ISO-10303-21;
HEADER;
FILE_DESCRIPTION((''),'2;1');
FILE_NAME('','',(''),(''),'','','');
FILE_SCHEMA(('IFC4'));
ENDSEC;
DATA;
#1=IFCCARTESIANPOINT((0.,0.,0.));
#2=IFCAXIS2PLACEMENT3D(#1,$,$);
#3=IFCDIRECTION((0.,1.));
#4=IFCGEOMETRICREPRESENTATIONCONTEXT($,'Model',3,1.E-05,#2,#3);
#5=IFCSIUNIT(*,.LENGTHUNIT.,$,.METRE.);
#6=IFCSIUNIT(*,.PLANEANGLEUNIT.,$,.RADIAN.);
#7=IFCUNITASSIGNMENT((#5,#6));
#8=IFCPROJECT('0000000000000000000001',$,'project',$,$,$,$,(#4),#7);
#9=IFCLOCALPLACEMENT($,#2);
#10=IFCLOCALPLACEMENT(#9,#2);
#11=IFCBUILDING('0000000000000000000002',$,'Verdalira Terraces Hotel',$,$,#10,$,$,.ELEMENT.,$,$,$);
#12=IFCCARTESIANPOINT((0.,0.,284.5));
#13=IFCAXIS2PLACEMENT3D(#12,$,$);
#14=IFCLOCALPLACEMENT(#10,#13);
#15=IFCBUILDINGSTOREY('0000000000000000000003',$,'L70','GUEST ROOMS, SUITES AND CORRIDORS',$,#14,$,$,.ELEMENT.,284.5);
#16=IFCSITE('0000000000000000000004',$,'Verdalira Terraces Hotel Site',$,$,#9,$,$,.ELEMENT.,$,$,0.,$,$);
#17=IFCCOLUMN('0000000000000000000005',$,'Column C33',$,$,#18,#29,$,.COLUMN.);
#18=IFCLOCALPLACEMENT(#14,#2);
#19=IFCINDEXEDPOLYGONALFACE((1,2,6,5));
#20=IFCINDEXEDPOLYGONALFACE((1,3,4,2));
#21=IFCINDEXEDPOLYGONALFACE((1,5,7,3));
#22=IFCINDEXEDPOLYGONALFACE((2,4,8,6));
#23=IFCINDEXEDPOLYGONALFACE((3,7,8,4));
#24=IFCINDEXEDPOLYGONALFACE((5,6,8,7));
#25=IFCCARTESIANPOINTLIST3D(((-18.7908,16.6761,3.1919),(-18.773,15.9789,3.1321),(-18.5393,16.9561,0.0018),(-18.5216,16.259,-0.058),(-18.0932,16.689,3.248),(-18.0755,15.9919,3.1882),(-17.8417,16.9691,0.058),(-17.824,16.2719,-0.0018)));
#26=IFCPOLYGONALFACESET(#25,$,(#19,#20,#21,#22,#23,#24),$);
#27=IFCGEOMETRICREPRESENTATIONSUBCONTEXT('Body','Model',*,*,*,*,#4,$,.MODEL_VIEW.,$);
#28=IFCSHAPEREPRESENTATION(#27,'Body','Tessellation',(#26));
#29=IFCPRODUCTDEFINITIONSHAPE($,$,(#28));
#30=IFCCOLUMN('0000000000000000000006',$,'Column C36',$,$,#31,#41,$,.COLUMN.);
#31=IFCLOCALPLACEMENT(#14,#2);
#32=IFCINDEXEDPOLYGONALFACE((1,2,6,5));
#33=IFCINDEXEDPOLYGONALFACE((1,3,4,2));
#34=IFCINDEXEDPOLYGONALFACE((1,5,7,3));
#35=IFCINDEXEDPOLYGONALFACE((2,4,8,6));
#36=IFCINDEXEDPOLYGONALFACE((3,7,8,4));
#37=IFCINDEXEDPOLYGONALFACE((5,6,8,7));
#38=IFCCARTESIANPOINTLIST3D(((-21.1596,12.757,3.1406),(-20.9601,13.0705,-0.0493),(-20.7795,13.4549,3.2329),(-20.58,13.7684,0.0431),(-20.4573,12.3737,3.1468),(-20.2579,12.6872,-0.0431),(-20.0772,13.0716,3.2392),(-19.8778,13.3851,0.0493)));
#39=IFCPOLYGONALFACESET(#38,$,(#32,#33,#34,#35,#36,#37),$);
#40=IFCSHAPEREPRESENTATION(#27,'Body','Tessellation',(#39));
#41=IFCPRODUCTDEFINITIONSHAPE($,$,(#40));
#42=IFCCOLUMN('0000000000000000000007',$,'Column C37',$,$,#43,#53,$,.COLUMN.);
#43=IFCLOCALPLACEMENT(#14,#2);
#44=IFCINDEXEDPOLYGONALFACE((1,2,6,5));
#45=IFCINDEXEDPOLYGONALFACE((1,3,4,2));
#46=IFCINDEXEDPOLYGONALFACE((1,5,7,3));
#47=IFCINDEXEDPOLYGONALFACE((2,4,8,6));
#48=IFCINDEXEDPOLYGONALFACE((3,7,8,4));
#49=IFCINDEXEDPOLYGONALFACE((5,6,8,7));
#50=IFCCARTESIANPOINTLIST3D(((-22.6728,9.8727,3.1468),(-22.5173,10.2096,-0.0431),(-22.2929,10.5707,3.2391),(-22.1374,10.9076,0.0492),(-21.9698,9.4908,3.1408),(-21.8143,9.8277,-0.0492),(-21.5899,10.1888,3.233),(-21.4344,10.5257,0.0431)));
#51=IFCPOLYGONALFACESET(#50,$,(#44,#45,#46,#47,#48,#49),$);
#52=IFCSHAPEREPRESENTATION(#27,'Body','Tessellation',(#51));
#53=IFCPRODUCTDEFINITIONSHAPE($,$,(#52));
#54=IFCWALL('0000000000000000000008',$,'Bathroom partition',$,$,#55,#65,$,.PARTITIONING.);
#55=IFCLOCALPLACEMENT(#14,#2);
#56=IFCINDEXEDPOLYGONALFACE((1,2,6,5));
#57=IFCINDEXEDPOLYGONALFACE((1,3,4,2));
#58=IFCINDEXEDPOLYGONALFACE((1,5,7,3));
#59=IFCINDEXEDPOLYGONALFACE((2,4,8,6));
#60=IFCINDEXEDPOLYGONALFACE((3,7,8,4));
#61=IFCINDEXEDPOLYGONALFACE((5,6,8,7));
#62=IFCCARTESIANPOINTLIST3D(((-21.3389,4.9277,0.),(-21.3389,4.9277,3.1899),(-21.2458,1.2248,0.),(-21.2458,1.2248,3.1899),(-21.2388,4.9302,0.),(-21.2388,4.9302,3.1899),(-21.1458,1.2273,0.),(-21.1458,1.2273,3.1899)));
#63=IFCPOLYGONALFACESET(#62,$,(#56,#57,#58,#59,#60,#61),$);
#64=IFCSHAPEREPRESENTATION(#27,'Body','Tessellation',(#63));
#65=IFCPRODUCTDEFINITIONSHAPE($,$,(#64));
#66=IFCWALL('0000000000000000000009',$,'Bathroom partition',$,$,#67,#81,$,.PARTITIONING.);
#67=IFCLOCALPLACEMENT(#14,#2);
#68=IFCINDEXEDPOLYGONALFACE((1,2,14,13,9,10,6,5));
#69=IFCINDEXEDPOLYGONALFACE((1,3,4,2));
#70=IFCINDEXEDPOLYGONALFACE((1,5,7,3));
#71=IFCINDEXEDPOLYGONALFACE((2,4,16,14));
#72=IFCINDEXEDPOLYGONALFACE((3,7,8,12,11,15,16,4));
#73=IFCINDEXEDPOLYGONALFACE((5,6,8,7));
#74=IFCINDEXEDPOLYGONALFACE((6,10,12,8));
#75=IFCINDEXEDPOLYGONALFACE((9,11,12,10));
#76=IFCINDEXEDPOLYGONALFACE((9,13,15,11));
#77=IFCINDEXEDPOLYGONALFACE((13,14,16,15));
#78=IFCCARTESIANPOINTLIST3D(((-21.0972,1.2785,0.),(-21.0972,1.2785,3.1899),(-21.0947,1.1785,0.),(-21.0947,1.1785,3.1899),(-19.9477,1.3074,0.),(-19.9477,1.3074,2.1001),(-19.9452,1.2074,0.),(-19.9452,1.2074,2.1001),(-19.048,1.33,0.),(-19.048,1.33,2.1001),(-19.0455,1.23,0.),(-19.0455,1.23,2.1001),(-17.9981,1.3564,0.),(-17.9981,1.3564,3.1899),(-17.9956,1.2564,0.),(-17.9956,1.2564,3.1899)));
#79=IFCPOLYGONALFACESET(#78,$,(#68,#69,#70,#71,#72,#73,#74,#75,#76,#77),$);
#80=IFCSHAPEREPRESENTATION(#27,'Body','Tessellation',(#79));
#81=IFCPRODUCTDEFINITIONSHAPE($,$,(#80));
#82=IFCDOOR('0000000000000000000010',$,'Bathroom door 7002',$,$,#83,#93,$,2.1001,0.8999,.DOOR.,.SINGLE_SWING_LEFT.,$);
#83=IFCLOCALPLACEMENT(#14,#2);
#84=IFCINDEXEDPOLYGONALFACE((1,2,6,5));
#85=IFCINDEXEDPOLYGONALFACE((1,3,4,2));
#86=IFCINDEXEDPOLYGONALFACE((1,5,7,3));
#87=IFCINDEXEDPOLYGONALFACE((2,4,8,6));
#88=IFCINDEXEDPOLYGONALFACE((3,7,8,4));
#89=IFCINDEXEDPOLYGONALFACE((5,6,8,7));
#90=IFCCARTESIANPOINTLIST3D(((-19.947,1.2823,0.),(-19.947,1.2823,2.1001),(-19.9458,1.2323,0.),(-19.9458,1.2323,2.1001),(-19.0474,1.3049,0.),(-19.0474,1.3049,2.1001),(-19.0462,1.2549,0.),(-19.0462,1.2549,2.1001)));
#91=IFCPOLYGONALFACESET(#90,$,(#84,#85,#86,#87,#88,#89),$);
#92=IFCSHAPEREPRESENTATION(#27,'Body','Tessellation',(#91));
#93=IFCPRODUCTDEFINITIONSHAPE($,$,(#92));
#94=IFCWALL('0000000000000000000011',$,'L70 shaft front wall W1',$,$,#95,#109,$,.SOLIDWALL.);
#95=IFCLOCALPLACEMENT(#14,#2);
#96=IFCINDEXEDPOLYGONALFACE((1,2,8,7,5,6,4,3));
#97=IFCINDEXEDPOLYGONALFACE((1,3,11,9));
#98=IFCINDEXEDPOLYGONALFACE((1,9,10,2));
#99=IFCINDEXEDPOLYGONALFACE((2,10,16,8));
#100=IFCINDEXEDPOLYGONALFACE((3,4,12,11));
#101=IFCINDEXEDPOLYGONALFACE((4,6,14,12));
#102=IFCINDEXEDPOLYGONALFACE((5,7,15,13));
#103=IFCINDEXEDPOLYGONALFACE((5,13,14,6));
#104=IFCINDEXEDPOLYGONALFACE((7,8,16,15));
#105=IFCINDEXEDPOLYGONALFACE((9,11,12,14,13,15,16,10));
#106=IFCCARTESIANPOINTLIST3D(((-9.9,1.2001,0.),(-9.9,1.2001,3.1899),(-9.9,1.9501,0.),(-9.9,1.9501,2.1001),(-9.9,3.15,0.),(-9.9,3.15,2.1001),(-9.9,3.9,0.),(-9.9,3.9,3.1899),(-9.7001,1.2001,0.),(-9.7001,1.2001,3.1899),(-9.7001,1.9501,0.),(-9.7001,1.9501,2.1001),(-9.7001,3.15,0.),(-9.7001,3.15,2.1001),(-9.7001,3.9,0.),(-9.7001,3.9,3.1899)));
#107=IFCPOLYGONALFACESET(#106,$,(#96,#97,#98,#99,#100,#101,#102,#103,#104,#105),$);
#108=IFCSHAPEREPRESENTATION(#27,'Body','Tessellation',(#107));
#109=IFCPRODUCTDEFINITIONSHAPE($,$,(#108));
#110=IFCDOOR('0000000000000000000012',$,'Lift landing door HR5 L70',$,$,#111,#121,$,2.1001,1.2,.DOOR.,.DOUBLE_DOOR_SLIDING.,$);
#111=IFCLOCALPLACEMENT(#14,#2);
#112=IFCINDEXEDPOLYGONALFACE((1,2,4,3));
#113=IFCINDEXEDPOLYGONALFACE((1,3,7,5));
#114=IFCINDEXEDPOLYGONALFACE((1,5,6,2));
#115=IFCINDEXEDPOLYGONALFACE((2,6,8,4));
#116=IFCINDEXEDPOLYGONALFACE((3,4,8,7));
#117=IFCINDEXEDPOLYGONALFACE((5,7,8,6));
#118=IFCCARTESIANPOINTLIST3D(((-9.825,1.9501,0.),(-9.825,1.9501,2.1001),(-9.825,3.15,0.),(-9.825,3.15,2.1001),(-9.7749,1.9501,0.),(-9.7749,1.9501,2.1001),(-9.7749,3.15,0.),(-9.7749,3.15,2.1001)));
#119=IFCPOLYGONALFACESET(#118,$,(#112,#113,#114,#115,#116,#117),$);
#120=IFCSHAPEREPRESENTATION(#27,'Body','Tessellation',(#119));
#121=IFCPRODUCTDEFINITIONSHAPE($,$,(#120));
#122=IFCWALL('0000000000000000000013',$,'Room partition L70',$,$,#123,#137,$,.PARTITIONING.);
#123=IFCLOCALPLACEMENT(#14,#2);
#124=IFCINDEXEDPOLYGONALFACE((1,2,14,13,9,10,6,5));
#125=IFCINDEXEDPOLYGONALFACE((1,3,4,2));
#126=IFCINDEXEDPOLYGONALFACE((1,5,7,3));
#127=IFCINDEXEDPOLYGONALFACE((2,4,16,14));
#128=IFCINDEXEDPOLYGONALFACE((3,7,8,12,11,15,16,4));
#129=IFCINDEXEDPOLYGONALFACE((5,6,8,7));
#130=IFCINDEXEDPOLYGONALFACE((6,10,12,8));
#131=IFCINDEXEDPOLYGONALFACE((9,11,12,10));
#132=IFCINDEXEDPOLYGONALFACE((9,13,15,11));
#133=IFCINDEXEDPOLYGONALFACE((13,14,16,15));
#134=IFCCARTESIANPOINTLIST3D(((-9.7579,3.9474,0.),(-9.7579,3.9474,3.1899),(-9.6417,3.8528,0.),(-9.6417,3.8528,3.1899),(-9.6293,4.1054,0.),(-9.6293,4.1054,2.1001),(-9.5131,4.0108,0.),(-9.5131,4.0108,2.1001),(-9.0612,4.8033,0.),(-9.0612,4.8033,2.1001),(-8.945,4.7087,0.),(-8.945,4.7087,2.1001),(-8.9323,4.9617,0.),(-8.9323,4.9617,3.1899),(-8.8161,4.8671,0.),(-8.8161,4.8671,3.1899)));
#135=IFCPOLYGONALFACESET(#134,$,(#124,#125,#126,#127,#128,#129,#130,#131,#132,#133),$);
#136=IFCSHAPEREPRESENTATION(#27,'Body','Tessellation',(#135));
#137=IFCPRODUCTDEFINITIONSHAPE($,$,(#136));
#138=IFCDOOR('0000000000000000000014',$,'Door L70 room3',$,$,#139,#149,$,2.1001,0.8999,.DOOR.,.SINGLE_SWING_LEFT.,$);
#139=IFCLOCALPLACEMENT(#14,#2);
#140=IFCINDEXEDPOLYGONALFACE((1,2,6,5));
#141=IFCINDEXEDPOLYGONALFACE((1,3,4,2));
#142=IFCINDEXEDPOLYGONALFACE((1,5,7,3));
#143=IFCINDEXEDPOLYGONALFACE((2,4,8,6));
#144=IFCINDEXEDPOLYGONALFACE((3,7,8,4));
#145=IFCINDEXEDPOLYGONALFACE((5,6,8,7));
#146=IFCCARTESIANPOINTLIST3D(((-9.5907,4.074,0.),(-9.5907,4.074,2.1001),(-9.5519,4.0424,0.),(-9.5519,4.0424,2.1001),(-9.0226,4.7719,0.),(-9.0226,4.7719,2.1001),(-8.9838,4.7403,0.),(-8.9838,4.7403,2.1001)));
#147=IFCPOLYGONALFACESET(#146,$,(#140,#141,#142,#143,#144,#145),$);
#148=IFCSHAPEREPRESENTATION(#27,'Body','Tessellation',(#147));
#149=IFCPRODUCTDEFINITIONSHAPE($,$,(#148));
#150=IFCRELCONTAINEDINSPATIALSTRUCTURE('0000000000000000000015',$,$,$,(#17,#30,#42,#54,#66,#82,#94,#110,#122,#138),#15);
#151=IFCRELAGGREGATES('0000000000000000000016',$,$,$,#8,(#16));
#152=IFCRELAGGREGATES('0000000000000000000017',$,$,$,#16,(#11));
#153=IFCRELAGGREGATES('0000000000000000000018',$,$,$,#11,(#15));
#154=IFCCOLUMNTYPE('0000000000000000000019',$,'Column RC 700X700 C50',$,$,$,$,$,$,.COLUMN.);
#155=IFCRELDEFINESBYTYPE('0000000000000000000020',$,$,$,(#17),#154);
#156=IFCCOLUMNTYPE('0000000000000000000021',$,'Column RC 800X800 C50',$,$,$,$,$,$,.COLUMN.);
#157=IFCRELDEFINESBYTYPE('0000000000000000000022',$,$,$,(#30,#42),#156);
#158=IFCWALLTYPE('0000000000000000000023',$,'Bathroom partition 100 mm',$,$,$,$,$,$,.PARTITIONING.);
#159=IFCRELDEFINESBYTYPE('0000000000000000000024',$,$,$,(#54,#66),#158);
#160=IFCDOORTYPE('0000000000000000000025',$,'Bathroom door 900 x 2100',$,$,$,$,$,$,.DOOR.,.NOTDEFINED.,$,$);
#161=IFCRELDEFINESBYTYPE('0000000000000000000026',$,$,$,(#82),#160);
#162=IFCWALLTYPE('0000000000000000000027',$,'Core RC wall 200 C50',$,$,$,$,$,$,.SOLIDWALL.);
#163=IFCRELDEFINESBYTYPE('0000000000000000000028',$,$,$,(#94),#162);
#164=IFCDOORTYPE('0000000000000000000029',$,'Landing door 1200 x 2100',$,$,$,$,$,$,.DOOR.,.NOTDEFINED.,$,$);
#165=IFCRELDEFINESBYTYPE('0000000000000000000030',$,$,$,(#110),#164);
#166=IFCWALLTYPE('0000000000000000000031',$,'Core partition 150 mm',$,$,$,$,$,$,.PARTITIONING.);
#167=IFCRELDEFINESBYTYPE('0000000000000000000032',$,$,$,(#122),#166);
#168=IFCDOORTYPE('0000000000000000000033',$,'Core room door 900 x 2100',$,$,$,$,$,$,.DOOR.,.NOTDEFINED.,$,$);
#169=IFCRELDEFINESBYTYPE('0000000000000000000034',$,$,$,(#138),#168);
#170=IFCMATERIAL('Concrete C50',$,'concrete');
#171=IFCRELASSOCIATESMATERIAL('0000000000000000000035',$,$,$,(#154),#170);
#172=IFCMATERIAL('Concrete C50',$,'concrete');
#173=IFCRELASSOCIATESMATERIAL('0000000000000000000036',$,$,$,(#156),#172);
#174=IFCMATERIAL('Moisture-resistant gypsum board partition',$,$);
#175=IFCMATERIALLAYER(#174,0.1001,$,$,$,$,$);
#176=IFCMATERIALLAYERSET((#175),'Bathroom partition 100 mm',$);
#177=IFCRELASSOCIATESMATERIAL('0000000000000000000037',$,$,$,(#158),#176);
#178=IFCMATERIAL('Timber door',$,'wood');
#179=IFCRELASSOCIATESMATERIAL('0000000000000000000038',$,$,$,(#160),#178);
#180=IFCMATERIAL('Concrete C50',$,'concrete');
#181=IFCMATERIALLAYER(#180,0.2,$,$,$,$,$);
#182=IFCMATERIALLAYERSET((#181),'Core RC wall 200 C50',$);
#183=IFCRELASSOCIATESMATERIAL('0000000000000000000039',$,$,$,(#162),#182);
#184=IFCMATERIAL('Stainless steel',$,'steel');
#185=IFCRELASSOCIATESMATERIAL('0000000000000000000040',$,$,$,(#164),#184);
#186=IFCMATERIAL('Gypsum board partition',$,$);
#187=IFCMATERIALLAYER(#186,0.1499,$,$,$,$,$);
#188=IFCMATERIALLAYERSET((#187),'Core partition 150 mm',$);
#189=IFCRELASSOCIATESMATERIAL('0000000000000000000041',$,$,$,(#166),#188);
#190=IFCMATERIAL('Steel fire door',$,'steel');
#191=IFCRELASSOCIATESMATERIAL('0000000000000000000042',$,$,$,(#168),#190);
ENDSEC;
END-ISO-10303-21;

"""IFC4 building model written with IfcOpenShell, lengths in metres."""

from ifc_helpers import new_model, si_unit, direction, frame, frame_2d, origin, origin_2d, place, context, subcontext, project, spatial, rectangle, extrude, material, layer, layer_set, material_profile, profile_set, type_object, element, fill, save


model = new_model("IFC4")

# Units and contexts
model_context = context("Model", 3, precision=1e-05, world=origin(), true_north=direction((0.0, 1.0)))
body_context = subcontext(model_context, "Body", "Model", "MODEL_VIEW")
ifc_project = project(units=[si_unit("LENGTHUNIT", "METRE"), si_unit("PLANEANGLEUNIT", "RADIAN")], contexts=[model_context])

# Site, building, storey
site_placement = place(None, origin())
site = spatial("IfcSite", under=ifc_project, at=site_placement, Name="Verdalira Terraces Hotel Site", CompositionType="ELEMENT", RefElevation=0.0)
building_placement = place(site_placement, origin())
building = spatial("IfcBuilding", under=site, at=building_placement, Name="Verdalira Terraces Hotel", CompositionType="ELEMENT")
storey_placement = place(building_placement, frame((0.0, 0.0, 284.5)))
storey = spatial("IfcBuildingStorey", under=building, at=storey_placement, Name="L70", Description="GUEST ROOMS, SUITES AND CORRIDORS", CompositionType="ELEMENT", Elevation=284.5)

# Columns
ifc_material_1 = material(Name="Concrete C50", Category="concrete")
ifc_material_profile_1 = material_profile(ifc_material_1, rectangle(XDim=0.7, YDim=0.7, at=origin_2d()), Name="RC 700X700")
ifc_profile_set_1 = profile_set([ifc_material_profile_1], Name="Concrete C50")
column_type_1 = type_object("IfcColumnType", Name="Column RC 700X700 C50", PredefinedType="COLUMN", material=ifc_profile_set_1)
column_placement = place(storey_placement, frame((-18.1816, 16.614, 0.0), z_axis=(-0.078288, -0.08718, 0.993112), x_axis=(0.996609, 0.018469, 0.080184)))
element("IfcColumn", 1, at=column_placement, inside=storey, type_object=column_type_1, Name="Column C33", PredefinedType="COLUMN", context=body_context, shape_type="SweptSolid", body=[
    extrude(rectangle(XDim=0.7, YDim=0.7, at=origin_2d()), origin(), (0.0, 0.0, 1.0), 3.2122),
])
ifc_material_2 = material(Name="Concrete C50", Category="concrete")
ifc_material_profile_2 = material_profile(ifc_material_2, rectangle(XDim=0.8, YDim=0.8, at=origin_2d()), Name="RC 800X800")
ifc_profile_set_2 = profile_set([ifc_material_profile_2], Name="Concrete C50")
column_type_2 = type_object("IfcColumnType", Name="Column RC 800X800 C50", PredefinedType="COLUMN", material=ifc_profile_set_2)
for number, where, z_axis, x_axis, name in (
    (2, (-20.4189, 13.2278, 0.0), (-0.062109, -0.09761, 0.993285), (-0.877755, 0.479047, -0.007809), "Column C36"),
    (3, (-21.9758, 10.3677, 0.0), (-0.048426, -0.10491, 0.993302), (-0.878705, 0.477304, 0.007573), "Column C37"),
):
    element("IfcColumn", number, at=place(storey_placement, frame(where, z_axis=z_axis, x_axis=x_axis)), inside=storey, type_object=column_type_2, Name=name, PredefinedType="COLUMN", context=body_context, shape_type="SweptSolid", body=[
        extrude(rectangle(XDim=0.8, YDim=0.8, at=origin_2d()), origin(), (0.0, 0.0, 1.0), 3.2114),
    ])

# Wall
ifc_material_3 = material(Name="Moisture-resistant gypsum board partition")
ifc_layer_1 = layer(ifc_material_3, 0.1001)
ifc_layer_set_1 = layer_set([ifc_layer_1], Name="Bathroom partition 100 mm")
wall_type_1 = type_object("IfcWallType", Name="Bathroom partition 100 mm", PredefinedType="PARTITIONING", material=ifc_layer_set_1)
wall_1_placement = place(storey_placement, frame((-21.2888, 4.929, 0.0), z_axis=(0.0, 0.0, 1.0), x_axis=(0.025112, -0.999685, 0.0)))
element("IfcWall", 4, at=wall_1_placement, inside=storey, type_object=wall_type_1, Name="Bathroom partition", PredefinedType="PARTITIONING", context=body_context, shape_type="SweptSolid", body=[
    extrude(rectangle(XDim=3.7041, YDim=0.1001, at=frame_2d((1.8521, 0.0))), origin(), (0.0, 0.0, 1.0), 3.1899),
])

# Walls, openings, doors
wall_2_placement = place(storey_placement, frame((-21.0959, 1.2285, 0.0), z_axis=(0.0, 0.0, 1.0), x_axis=(0.999684, 0.025122, 0.0)))
wall_2 = element("IfcWall", 5, at=wall_2_placement, inside=storey, type_object=wall_type_1, Name="Bathroom partition", PredefinedType="PARTITIONING", context=body_context, shape_type="SweptSolid", body=[
    extrude(rectangle(XDim=3.1001, YDim=0.1001, at=frame_2d((1.55, 0.0))), origin(), (0.0, 0.0, 1.0), 3.1899),
])
opening_1_placement = place(wall_2_placement, frame((1.1499, 0.0, 0.0)))
opening_1 = element("IfcOpeningElement", 6, at=opening_1_placement, cuts=wall_2, PredefinedType="OPENING", context=body_context, shape_type="SweptSolid", body=[
    extrude(rectangle(XDim=0.8999, YDim=2.1001, at=frame_2d((0.45, 1.05))), frame((0.0, 0.0601, 0.0), z_axis=(0.0, -1.0, 0.0), x_axis=(1.0, 0.0, 0.0)), (0.0, 0.0, 1.0), 0.1201),
])
ifc_material_4 = material(Name="Timber door", Category="wood")
door_type_1 = type_object("IfcDoorType", Name="Bathroom door 900 x 2100", OperationType="NOTDEFINED", PredefinedType="DOOR", material=ifc_material_4)
door_1_placement = place(opening_1_placement, origin())
door_1 = element("IfcDoor", 7, at=door_1_placement, inside=storey, type_object=door_type_1, Name="Bathroom door 7002", OperationType="SINGLE_SWING_LEFT", OverallHeight=2.1001, OverallWidth=0.8999, PredefinedType="DOOR", context=body_context, shape_type="SweptSolid", body=[
    extrude(rectangle(XDim=0.8999, YDim=2.1001, at=frame_2d((0.45, 1.05))), frame((0.0, 0.0249, 0.0), z_axis=(0.0, -1.0, 0.0), x_axis=(1.0, 0.0, 0.0)), (0.0, 0.0, 1.0), 0.05),
])
fill(opening_1, door_1)
ifc_material_5 = material(Name="Concrete C50", Category="concrete")
ifc_layer_2 = layer(ifc_material_5, 0.2)
ifc_layer_set_2 = layer_set([ifc_layer_2], Name="Core RC wall 200 C50")
wall_type_2 = type_object("IfcWallType", Name="Core RC wall 200 C50", PredefinedType="SOLIDWALL", material=ifc_layer_set_2)
wall_3_placement = place(storey_placement, frame((-9.8, 1.2, 0.0), z_axis=(0.0, 0.0, 1.0), x_axis=(0.0, 1.0, 0.0)))
wall_3 = element("IfcWall", 8, at=wall_3_placement, inside=storey, type_object=wall_type_2, Name="L70 shaft front wall W1", PredefinedType="SOLIDWALL", context=body_context, shape_type="SweptSolid", body=[
    extrude(rectangle(XDim=2.7, YDim=0.2, at=frame_2d((1.3501, 0.0))), origin(), (0.0, 0.0, 1.0), 3.1899),
])
opening_2_placement = place(wall_3_placement, frame((0.75, 0.0, 0.0)))
opening_2 = element("IfcOpeningElement", 9, at=opening_2_placement, cuts=wall_3, PredefinedType="OPENING", context=body_context, shape_type="SweptSolid", body=[
    extrude(rectangle(XDim=1.2, YDim=2.1001, at=frame_2d((0.6001, 1.05))), frame((0.0, 0.1099, 0.0), z_axis=(0.0, -1.0, 0.0), x_axis=(1.0, 0.0, 0.0)), (0.0, 0.0, 1.0), 0.22),
])
ifc_material_6 = material(Name="Stainless steel", Category="steel")
door_type_2 = type_object("IfcDoorType", Name="Landing door 1200 x 2100", OperationType="NOTDEFINED", PredefinedType="DOOR", material=ifc_material_6)
door_2_placement = place(opening_2_placement, origin())
door_2 = element("IfcDoor", 10, at=door_2_placement, inside=storey, type_object=door_type_2, Name="Lift landing door HR5 L70", OperationType="DOUBLE_DOOR_SLIDING", OverallHeight=2.1001, OverallWidth=1.2, PredefinedType="DOOR", context=body_context, shape_type="SweptSolid", body=[
    extrude(rectangle(XDim=1.2, YDim=2.1001, at=frame_2d((0.6001, 1.05))), frame((0.0, 0.0249, 0.0), z_axis=(0.0, -1.0, 0.0), x_axis=(1.0, 0.0, 0.0)), (0.0, 0.0, 1.0), 0.05),
])
fill(opening_2, door_2)
ifc_material_7 = material(Name="Gypsum board partition")
ifc_layer_3 = layer(ifc_material_7, 0.1499)
ifc_layer_set_3 = layer_set([ifc_layer_3], Name="Core partition 150 mm")
wall_type_3 = type_object("IfcWallType", Name="Core partition 150 mm", PredefinedType="PARTITIONING", material=ifc_layer_set_3)
wall_4_placement = place(storey_placement, frame((-8.8743, 4.9143, 0.0), z_axis=(0.0, 0.0, 1.0), x_axis=(-0.631274, -0.77556, 0.0)))
wall_4 = element("IfcWall", 11, at=wall_4_placement, inside=storey, type_object=wall_type_3, Name="Room partition L70", PredefinedType="PARTITIONING", context=body_context, shape_type="SweptSolid", body=[
    extrude(rectangle(XDim=1.3079, YDim=0.1499, at=frame_2d((0.6538, 0.0))), origin(), (0.0, 0.0, 1.0), 3.1899),
])
opening_3_placement = place(wall_4_placement, frame((0.2041, 0.0, 0.0)))
opening_3 = element("IfcOpeningElement", 12, at=opening_3_placement, cuts=wall_4, PredefinedType="OPENING", context=body_context, shape_type="SweptSolid", body=[
    extrude(rectangle(XDim=0.8999, YDim=2.1001, at=frame_2d((0.45, 1.05))), frame((0.0, 0.085, 0.0), z_axis=(0.0, -1.0, 0.0), x_axis=(1.0, 0.0, 0.0)), (0.0, 0.0, 1.0), 0.1699),
])
ifc_material_8 = material(Name="Steel fire door", Category="steel")
door_type_3 = type_object("IfcDoorType", Name="Core room door 900 x 2100", OperationType="NOTDEFINED", PredefinedType="DOOR", material=ifc_material_8)
door_3_placement = place(opening_3_placement, origin())
door_3 = element("IfcDoor", 13, at=door_3_placement, inside=storey, type_object=door_type_3, Name="Door L70 room3", OperationType="SINGLE_SWING_LEFT", OverallHeight=2.1001, OverallWidth=0.8999, PredefinedType="DOOR", context=body_context, shape_type="SweptSolid", body=[
    extrude(rectangle(XDim=0.8999, YDim=2.1001, at=frame_2d((0.45, 1.05))), frame((0.0, 0.0249, 0.0), z_axis=(0.0, -1.0, 0.0), x_axis=(1.0, 0.0, 0.0)), (0.0, 0.0, 1.0), 0.05),
])
fill(opening_3, door_3)

save(model, "model.ifc")
